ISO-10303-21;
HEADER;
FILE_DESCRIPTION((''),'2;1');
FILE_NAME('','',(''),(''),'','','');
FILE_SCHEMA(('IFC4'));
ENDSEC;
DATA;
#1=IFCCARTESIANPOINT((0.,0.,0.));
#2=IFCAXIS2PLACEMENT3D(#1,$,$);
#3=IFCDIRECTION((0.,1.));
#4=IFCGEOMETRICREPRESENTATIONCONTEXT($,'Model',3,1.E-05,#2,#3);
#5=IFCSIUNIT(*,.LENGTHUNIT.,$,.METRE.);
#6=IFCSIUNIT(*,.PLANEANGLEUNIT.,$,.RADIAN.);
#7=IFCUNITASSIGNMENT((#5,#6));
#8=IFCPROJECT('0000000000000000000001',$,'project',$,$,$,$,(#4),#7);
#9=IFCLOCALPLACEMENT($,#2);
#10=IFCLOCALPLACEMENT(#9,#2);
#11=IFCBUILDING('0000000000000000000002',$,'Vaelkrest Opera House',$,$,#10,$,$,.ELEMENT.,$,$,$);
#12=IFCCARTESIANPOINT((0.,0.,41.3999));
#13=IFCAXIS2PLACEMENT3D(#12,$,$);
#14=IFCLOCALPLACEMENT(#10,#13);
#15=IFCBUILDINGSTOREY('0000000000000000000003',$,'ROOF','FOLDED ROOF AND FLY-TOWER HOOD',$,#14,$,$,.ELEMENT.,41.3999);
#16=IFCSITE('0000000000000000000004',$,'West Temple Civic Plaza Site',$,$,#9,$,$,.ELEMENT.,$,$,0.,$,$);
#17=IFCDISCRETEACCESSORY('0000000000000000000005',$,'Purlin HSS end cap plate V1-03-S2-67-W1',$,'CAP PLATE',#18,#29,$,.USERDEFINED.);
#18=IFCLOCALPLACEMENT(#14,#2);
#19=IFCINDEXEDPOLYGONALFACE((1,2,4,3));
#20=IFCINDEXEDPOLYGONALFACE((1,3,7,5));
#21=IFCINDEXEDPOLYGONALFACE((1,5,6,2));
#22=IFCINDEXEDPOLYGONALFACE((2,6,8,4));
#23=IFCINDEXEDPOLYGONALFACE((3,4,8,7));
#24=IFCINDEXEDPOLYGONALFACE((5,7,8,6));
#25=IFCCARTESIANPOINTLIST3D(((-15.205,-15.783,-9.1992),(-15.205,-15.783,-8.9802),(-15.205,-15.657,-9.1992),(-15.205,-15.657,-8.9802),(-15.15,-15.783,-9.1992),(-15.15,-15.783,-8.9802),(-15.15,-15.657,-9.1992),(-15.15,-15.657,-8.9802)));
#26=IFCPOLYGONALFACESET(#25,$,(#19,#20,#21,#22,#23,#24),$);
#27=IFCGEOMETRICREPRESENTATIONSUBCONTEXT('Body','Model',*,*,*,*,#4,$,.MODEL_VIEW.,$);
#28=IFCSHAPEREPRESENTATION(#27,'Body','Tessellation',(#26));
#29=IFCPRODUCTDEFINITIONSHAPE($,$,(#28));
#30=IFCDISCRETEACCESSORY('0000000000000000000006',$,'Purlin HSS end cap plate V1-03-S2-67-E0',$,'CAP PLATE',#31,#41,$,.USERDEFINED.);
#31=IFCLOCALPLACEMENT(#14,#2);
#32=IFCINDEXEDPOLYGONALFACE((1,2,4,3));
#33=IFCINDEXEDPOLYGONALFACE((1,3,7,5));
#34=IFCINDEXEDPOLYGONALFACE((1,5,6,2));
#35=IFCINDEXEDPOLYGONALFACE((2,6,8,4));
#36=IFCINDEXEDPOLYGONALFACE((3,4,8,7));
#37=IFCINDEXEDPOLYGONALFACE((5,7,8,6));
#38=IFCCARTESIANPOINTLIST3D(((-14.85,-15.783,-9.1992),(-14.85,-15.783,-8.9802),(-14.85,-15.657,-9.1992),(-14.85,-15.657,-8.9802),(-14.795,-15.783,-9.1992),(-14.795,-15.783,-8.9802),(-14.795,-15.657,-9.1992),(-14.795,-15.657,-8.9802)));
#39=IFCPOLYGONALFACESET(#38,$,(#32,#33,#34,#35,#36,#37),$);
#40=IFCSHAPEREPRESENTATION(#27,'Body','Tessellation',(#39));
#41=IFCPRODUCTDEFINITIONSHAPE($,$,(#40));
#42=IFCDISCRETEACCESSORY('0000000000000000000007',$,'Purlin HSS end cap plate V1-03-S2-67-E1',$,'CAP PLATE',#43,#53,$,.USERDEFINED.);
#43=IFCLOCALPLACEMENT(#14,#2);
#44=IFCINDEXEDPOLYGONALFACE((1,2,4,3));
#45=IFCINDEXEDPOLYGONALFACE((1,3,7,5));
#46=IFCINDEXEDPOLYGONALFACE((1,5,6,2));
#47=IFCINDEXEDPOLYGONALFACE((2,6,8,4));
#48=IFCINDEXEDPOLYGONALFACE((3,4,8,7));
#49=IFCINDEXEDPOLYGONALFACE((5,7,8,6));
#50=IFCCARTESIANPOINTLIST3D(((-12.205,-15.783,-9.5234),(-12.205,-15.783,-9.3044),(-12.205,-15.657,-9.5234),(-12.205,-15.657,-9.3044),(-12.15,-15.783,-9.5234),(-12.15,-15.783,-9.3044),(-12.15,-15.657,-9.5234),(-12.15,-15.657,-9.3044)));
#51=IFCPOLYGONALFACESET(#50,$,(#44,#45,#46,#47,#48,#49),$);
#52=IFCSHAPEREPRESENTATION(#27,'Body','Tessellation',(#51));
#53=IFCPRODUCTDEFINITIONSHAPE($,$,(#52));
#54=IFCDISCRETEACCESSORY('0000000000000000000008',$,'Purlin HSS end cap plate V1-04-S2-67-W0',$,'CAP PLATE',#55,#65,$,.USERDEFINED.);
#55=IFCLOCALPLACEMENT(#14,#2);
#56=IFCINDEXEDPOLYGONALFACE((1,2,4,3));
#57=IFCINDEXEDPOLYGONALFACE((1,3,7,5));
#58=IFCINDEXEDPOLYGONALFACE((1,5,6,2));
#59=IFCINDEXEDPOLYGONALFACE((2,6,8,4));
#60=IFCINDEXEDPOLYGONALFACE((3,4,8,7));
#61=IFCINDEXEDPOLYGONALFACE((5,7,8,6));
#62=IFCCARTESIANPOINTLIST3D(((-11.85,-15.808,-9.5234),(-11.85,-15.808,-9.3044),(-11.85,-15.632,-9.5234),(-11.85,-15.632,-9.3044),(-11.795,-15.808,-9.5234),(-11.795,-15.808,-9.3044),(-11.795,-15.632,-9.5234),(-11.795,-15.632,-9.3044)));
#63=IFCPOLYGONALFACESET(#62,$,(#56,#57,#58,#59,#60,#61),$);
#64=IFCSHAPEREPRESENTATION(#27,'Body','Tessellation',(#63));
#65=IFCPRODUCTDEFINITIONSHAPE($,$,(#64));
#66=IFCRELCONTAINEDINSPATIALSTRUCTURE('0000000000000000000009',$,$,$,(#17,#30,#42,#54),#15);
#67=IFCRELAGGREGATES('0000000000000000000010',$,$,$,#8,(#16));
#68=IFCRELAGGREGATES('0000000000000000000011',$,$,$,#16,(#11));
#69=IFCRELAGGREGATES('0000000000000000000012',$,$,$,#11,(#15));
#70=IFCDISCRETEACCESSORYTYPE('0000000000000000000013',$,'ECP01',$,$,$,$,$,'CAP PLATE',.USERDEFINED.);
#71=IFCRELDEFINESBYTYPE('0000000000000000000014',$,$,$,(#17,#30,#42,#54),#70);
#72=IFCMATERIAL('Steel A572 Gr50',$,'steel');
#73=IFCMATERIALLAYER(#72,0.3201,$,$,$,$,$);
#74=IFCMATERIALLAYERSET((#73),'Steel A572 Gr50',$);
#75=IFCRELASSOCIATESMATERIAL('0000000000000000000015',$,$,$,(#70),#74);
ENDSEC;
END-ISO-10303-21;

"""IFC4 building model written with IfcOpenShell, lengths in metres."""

from ifc_helpers import new_model, si_unit, direction, frame, origin, origin_2d, place, context, subcontext, project, spatial, rectangle, extrude, material, layer, layer_set, type_object, element, save


model = new_model("IFC4")

# Units and contexts
model_context = context("Model", 3, precision=1e-05, world=origin(), true_north=direction((0.0, 1.0)))
body_context = subcontext(model_context, "Body", "Model", "MODEL_VIEW")
ifc_project = project(units=[si_unit("LENGTHUNIT", "METRE"), si_unit("PLANEANGLEUNIT", "RADIAN")], contexts=[model_context])

# Site, building, storey
site_placement = place(None, origin())
site = spatial("IfcSite", under=ifc_project, at=site_placement, Name="West Temple Civic Plaza Site", CompositionType="ELEMENT", RefElevation=0.0)
building_placement = place(site_placement, origin())
building = spatial("IfcBuilding", under=site, at=building_placement, Name="Vaelkrest Opera House", CompositionType="ELEMENT")
storey_placement = place(building_placement, frame((0.0, 0.0, 41.3999)))
storey = spatial("IfcBuildingStorey", under=building, at=storey_placement, Name="ROOF", Description="FOLDED ROOF AND FLY-TOWER HOOD", CompositionType="ELEMENT", Elevation=41.3999)

# Shared definitions
ifc_material_1 = material(Name="Steel A572 Gr50", Category="steel")

# Discrete accessories
ifc_layer_1 = layer(ifc_material_1, 0.3201)
ifc_layer_set_1 = layer_set([ifc_layer_1], Name="Steel A572 Gr50")
discrete_accessory_type = type_object("IfcDiscreteAccessoryType", Name="ECP01", ElementType="CAP PLATE", PredefinedType="USERDEFINED", material=ifc_layer_set_1)
for number, where, z_axis, x_axis, name in (
    (1, (-15.1775, -15.72, -9.1992), (0.0, 0.0, 1.0), (1.0, 0.0, 0.0), "Purlin HSS end cap plate V1-03-S2-67-W1"),
    (2, (-14.8225, -15.72, -9.1992), (0.0, 0.0, 1.0), (1.0, 0.0, 0.0), "Purlin HSS end cap plate V1-03-S2-67-E0"),
    (3, (-12.1775, -15.72, -9.5234), (0.0, 0.0, 1.0), (1.0, 0.0, 0.0), "Purlin HSS end cap plate V1-03-S2-67-E1"),
):
    element("IfcDiscreteAccessory", number, at=place(storey_placement, frame(where, z_axis=z_axis, x_axis=x_axis)), inside=storey, type_object=discrete_accessory_type, Name=name, ObjectType="CAP PLATE", PredefinedType="USERDEFINED", context=body_context, shape_type="SweptSolid", body=[
        extrude(rectangle(XDim=0.0549, YDim=0.126, at=origin_2d()), origin(), (0.0, 0.0, 1.0), 0.219),
    ])
discrete_accessory_1_placement = place(storey_placement, frame((-11.8225, -15.72, -9.5234), z_axis=(0.0, 0.0, 1.0), x_axis=(1.0, 0.0, 0.0)))
element("IfcDiscreteAccessory", 4, at=discrete_accessory_1_placement, inside=storey, type_object=discrete_accessory_type, Name="Purlin HSS end cap plate V1-04-S2-67-W0", ObjectType="CAP PLATE", PredefinedType="USERDEFINED", context=body_context, shape_type="SweptSolid", body=[
    extrude(rectangle(XDim=0.0549, YDim=0.176, at=origin_2d()), origin(), (0.0, 0.0, 1.0), 0.219),
])

save(model, "model.ifc")
